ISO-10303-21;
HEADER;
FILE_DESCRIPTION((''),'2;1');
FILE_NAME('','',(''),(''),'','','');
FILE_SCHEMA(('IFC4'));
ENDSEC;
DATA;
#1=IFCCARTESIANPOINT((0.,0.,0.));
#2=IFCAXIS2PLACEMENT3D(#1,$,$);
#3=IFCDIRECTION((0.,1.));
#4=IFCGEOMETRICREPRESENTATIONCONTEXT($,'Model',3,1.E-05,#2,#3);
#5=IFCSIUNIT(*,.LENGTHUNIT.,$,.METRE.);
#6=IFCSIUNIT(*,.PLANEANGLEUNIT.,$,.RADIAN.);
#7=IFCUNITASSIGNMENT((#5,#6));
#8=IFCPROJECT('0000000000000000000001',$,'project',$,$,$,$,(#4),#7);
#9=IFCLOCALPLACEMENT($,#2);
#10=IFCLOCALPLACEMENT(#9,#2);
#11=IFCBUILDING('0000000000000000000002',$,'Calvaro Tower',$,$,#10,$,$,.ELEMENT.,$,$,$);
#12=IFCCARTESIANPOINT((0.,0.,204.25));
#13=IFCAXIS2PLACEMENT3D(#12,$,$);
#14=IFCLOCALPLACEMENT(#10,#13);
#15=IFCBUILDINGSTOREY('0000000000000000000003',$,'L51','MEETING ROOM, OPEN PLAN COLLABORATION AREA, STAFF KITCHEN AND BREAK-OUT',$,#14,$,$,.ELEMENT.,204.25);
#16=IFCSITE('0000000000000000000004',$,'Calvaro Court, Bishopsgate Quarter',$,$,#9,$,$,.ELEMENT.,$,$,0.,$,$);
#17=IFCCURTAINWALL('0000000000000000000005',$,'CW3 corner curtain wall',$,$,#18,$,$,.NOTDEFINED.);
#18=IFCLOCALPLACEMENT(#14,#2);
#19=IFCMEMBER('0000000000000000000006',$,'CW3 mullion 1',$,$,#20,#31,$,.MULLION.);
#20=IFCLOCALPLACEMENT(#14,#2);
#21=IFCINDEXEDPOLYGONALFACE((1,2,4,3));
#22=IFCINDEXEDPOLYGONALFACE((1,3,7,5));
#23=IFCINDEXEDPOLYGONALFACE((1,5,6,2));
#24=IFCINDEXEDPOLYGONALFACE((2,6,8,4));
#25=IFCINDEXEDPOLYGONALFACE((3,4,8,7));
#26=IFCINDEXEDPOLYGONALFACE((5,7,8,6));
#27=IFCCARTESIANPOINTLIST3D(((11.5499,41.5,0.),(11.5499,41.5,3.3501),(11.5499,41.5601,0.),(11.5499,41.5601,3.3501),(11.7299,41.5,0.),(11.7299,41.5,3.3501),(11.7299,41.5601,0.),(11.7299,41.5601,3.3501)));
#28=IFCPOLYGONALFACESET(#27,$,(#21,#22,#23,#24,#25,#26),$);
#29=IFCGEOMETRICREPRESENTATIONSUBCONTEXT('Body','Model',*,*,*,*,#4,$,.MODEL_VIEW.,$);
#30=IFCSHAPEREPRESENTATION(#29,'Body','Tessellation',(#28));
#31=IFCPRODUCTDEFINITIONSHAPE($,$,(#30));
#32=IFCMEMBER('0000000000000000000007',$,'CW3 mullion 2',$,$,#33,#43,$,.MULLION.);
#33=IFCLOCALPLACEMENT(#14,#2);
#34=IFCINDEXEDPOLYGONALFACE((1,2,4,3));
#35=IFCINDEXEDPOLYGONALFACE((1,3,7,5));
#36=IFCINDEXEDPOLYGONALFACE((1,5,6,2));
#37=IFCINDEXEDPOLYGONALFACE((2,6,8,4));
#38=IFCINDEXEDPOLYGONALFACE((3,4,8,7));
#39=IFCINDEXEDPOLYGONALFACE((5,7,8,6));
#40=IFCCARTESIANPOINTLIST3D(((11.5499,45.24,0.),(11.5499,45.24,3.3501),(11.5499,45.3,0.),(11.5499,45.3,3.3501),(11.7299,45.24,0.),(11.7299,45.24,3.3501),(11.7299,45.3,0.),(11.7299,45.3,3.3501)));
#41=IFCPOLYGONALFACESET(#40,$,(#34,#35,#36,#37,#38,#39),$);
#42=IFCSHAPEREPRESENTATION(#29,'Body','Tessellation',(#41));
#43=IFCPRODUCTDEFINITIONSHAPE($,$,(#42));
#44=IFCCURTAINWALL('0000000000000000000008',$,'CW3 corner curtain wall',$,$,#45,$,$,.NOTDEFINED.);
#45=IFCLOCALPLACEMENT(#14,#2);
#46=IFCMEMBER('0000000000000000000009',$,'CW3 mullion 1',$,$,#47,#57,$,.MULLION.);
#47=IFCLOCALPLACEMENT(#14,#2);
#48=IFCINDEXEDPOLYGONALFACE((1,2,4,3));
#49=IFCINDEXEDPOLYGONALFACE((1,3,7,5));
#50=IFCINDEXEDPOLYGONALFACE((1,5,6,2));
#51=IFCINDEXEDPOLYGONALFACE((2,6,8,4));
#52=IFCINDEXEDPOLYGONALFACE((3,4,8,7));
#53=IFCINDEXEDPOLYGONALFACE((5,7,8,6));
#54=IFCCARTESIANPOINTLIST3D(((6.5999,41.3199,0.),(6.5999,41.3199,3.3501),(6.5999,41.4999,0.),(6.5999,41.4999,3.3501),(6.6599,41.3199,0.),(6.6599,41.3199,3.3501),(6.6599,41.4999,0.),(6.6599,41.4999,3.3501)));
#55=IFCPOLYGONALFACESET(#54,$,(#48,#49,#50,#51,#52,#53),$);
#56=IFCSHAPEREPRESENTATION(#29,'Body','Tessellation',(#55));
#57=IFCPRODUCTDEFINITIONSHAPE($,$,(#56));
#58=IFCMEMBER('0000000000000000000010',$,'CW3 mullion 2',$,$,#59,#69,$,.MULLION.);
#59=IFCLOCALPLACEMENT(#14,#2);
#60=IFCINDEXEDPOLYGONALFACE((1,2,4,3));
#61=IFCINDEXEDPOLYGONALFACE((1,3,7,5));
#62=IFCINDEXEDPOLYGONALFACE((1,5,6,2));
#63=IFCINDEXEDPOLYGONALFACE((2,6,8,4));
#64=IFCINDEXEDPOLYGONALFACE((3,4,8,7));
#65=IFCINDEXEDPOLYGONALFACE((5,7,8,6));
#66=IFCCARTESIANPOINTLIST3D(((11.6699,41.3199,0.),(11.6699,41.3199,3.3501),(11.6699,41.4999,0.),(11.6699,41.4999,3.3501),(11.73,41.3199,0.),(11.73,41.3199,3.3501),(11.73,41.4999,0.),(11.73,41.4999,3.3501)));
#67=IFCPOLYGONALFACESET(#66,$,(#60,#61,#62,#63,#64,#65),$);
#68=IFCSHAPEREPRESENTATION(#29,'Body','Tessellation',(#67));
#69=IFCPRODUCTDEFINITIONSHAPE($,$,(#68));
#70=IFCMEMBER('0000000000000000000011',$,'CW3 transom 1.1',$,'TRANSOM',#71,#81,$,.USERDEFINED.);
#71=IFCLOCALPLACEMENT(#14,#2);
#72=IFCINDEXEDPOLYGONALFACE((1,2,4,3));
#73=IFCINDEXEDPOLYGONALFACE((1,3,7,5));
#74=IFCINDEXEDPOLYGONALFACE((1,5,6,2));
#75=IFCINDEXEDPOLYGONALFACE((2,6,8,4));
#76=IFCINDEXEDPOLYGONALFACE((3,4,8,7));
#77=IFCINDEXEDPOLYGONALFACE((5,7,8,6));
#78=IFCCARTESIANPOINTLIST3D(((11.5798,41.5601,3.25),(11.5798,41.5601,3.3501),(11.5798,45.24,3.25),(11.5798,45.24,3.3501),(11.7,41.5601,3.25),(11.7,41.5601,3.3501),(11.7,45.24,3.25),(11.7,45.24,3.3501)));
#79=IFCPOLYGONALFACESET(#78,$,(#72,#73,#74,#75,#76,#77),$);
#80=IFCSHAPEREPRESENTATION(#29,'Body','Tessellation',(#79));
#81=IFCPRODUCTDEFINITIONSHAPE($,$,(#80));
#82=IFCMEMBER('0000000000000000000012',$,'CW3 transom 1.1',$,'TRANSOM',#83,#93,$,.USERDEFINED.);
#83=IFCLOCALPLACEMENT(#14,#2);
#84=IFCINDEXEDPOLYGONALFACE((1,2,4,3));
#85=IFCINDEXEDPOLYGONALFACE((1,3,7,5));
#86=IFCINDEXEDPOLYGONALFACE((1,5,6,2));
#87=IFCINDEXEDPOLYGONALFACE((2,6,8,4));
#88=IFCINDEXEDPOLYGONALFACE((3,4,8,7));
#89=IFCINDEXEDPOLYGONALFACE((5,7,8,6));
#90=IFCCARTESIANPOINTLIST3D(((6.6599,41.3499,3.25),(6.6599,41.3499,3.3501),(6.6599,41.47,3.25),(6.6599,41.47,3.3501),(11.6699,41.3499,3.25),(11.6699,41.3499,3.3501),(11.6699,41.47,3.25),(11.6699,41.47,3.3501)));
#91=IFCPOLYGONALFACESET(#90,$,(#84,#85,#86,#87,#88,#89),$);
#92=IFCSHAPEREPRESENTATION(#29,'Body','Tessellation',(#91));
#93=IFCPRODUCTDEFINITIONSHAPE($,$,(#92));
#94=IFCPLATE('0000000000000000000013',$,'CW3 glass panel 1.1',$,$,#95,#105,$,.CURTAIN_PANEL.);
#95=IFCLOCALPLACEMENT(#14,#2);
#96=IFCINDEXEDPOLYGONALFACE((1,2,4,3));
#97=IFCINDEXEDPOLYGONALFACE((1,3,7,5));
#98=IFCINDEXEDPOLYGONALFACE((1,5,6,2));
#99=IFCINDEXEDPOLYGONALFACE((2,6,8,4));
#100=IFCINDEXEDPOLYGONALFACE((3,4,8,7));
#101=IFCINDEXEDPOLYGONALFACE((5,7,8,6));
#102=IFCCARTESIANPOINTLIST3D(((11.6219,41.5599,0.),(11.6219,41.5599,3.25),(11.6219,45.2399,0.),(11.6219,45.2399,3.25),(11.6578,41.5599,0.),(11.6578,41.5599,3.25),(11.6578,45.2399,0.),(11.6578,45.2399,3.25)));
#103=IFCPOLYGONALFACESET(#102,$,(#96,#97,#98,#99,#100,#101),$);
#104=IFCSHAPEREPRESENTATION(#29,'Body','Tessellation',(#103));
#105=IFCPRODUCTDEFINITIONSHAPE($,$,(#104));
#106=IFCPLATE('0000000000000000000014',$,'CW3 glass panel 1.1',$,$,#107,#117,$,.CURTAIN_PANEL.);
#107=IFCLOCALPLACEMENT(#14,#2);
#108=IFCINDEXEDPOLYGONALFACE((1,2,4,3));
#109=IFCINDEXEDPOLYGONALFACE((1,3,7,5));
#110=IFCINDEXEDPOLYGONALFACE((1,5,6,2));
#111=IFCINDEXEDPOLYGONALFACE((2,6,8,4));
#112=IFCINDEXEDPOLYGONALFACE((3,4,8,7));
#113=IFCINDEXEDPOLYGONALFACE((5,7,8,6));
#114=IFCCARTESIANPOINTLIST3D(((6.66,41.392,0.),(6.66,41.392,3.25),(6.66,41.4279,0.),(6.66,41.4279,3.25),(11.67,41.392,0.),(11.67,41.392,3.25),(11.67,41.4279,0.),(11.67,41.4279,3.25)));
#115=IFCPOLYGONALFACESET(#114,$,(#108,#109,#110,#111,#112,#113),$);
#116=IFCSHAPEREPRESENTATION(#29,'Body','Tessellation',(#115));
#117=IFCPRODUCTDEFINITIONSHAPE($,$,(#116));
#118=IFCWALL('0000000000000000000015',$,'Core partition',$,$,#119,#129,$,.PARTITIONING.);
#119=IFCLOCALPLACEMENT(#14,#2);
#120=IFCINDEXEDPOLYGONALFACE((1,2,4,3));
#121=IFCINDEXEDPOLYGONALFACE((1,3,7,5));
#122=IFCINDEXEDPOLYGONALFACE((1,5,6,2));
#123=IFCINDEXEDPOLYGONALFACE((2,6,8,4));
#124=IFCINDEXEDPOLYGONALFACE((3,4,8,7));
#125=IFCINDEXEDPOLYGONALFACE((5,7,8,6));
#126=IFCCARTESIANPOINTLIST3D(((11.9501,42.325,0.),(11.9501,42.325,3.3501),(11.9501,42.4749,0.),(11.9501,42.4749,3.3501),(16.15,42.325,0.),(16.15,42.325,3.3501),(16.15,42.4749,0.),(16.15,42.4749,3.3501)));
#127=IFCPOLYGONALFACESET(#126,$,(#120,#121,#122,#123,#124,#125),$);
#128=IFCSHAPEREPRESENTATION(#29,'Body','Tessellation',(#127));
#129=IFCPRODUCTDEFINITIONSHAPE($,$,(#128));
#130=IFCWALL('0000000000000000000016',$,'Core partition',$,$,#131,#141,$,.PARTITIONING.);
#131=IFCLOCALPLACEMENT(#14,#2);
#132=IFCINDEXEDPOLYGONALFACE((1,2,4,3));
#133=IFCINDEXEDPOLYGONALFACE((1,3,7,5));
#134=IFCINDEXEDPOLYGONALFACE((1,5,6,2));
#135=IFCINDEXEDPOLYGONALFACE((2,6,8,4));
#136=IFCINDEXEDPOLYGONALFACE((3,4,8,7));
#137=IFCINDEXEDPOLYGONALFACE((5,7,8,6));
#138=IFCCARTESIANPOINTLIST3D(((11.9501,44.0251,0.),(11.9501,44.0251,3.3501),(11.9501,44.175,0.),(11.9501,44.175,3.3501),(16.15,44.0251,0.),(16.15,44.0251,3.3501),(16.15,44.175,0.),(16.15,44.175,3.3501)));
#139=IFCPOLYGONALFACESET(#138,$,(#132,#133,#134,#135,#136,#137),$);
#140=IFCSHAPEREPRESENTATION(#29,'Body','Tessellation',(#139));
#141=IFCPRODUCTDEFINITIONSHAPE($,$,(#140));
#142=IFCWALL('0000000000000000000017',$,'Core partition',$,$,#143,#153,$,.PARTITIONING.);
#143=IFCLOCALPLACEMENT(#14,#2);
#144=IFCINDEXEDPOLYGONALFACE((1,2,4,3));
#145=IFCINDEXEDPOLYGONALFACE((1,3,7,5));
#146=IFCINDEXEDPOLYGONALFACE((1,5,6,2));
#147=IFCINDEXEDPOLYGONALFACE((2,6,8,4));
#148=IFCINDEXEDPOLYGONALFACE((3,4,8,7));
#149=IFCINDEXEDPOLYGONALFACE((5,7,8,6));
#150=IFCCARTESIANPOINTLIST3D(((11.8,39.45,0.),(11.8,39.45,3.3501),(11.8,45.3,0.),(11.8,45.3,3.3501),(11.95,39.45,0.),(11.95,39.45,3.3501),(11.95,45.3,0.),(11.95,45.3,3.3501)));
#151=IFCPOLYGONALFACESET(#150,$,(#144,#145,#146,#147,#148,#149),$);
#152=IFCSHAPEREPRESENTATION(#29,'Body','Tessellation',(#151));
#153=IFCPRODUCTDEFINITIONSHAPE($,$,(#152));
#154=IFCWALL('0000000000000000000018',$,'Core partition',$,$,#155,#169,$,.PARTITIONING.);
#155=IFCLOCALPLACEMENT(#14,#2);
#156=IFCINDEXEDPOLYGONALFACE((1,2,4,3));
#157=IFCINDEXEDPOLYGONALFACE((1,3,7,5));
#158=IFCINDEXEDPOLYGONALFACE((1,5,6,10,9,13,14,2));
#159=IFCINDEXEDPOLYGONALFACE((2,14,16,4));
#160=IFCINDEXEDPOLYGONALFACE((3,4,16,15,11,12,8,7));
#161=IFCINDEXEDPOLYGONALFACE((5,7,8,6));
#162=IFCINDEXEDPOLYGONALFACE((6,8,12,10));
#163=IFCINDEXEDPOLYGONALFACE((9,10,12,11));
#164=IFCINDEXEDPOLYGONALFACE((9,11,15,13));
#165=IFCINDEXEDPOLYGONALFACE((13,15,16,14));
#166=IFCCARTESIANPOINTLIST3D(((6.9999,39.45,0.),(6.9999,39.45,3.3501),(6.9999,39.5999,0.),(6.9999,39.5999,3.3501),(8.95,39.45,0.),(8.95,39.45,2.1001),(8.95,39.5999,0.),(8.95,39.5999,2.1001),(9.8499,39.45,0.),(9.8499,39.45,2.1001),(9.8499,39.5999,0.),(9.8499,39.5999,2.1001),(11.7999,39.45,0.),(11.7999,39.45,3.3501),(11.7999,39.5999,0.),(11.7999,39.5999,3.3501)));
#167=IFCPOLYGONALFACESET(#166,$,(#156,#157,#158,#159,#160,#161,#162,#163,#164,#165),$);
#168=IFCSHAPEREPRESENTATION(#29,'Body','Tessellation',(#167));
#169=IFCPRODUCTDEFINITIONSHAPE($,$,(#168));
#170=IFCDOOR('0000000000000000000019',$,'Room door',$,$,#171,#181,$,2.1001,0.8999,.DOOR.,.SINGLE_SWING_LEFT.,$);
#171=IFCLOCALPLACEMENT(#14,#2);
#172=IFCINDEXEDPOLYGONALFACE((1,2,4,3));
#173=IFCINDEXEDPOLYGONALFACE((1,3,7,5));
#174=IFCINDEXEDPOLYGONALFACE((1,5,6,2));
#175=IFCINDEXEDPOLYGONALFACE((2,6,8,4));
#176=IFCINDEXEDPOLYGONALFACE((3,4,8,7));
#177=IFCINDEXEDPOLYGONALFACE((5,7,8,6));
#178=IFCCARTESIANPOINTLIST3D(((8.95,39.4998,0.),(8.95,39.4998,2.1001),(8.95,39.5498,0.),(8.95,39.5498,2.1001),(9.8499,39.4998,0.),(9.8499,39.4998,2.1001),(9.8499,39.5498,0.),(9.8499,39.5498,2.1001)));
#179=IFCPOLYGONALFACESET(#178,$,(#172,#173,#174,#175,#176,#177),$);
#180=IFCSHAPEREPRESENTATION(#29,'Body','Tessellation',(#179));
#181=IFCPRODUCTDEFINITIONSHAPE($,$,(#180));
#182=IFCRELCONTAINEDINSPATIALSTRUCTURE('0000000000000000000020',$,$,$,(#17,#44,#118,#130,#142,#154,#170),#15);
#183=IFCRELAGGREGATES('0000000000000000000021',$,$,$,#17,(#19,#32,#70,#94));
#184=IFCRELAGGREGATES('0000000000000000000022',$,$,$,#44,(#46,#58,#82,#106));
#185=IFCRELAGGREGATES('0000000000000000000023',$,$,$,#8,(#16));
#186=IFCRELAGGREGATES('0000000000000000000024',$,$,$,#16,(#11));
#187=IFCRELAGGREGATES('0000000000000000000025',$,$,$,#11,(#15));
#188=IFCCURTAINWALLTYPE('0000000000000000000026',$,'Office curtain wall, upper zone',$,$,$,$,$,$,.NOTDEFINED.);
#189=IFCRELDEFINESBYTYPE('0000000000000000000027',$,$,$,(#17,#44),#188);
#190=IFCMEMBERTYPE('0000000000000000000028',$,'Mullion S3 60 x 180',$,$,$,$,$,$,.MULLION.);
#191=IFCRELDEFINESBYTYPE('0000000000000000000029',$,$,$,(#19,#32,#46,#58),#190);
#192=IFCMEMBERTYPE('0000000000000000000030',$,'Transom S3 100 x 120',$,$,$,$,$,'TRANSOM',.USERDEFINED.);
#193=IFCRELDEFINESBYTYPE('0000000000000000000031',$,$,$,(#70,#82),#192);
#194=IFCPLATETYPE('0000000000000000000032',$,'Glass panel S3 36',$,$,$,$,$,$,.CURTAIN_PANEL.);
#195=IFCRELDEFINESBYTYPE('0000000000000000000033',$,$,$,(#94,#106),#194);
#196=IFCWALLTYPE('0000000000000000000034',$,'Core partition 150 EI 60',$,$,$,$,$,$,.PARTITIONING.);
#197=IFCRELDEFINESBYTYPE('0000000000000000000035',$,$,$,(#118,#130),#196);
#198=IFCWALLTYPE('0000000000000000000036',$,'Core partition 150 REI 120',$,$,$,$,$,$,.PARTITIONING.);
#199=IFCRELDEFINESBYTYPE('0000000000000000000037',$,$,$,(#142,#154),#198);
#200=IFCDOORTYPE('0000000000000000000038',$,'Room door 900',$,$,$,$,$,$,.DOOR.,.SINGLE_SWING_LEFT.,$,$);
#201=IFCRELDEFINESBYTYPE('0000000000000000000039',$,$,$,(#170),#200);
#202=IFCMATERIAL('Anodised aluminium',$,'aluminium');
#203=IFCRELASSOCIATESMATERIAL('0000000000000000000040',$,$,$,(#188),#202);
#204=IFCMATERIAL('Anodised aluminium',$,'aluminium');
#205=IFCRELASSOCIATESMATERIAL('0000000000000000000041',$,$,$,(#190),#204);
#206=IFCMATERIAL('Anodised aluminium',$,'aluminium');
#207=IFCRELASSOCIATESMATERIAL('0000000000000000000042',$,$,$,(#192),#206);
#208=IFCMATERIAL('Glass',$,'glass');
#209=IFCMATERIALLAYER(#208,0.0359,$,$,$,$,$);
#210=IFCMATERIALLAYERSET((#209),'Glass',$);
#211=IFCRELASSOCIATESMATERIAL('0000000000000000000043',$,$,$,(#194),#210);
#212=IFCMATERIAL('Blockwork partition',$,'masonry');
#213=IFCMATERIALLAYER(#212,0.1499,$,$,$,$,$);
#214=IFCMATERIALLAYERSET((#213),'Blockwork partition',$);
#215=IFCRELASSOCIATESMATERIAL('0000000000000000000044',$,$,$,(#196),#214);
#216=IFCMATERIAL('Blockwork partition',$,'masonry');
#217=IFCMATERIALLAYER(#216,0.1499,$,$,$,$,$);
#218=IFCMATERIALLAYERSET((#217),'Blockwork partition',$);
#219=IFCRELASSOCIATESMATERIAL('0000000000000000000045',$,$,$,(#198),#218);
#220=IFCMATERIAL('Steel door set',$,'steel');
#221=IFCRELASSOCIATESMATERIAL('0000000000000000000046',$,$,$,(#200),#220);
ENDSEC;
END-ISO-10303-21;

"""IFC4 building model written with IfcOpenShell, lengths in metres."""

from ifc_helpers import new_model, si_unit, direction, frame, frame_2d, origin, origin_2d, place, context, subcontext, project, spatial, rectangle, extrude, material, layer, layer_set, material_profile, profile_set, type_object, element, fill, aggregate, save


model = new_model("IFC4")

# Units and contexts
model_context = context("Model", 3, precision=1e-05, world=origin(), true_north=direction((0.0, 1.0)))
body_context = subcontext(model_context, "Body", "Model", "MODEL_VIEW")
ifc_project = project(units=[si_unit("LENGTHUNIT", "METRE"), si_unit("PLANEANGLEUNIT", "RADIAN")], contexts=[model_context])

# Site, building, storey
site_placement = place(None, origin())
site = spatial("IfcSite", under=ifc_project, at=site_placement, Name="Calvaro Court, Bishopsgate Quarter", CompositionType="ELEMENT", RefElevation=0.0)
building_placement = place(site_placement, origin())
building = spatial("IfcBuilding", under=site, at=building_placement, Name="Calvaro Tower", CompositionType="ELEMENT")
storey_placement = place(building_placement, frame((0.0, 0.0, 204.25)))
storey = spatial("IfcBuildingStorey", under=building, at=storey_placement, Name="L51", Description="MEETING ROOM, OPEN PLAN COLLABORATION AREA, STAFF KITCHEN AND BREAK-OUT", CompositionType="ELEMENT", Elevation=204.25)

# Curtain walls, members
ifc_material_1 = material(Name="Anodised aluminium", Category="aluminium")
curtain_wall_type = type_object("IfcCurtainWallType", Name="Office curtain wall, upper zone", PredefinedType="NOTDEFINED", material=ifc_material_1)
curtain_wall_1_placement = place(storey_placement, origin())
curtain_wall_1 = element("IfcCurtainWall", 1, at=curtain_wall_1_placement, inside=storey, type_object=curtain_wall_type, Name="CW3 corner curtain wall", PredefinedType="NOTDEFINED")
ifc_material_2 = material(Name="Anodised aluminium", Category="aluminium")
ifc_material_profile_1 = material_profile(ifc_material_2, rectangle(XDim=0.1799, YDim=0.0601, at=origin_2d()), Name="Mullion S3 60 x 180")
ifc_profile_set_1 = profile_set([ifc_material_profile_1], Name="Anodised aluminium")
member_type_1 = type_object("IfcMemberType", Name="Mullion S3 60 x 180", PredefinedType="MULLION", material=ifc_profile_set_1)
member_1_placement = place(storey_placement, frame((11.6399, 41.53, 0.0), z_axis=(0.0, 0.0, 1.0), x_axis=(-1.0, 0.0, 0.0)))
member_1 = element("IfcMember", 2, at=member_1_placement, type_object=member_type_1, Name="CW3 mullion 1", PredefinedType="MULLION", context=body_context, shape_type="SweptSolid", body=[
    extrude(rectangle(XDim=0.1799, YDim=0.0601, at=origin_2d()), origin(), (0.0, 0.0, 1.0), 3.3501),
])
member_2_placement = place(storey_placement, frame((11.6399, 45.27, 0.0), z_axis=(0.0, 0.0, 1.0), x_axis=(-1.0, 0.0, 0.0)))
member_2 = element("IfcMember", 3, at=member_2_placement, type_object=member_type_1, Name="CW3 mullion 2", PredefinedType="MULLION", context=body_context, shape_type="SweptSolid", body=[
    extrude(rectangle(XDim=0.1799, YDim=0.0601, at=origin_2d()), origin(), (0.0, 0.0, 1.0), 3.3501),
])
curtain_wall_2_placement = place(storey_placement, origin())
curtain_wall_2 = element("IfcCurtainWall", 4, at=curtain_wall_2_placement, inside=storey, type_object=curtain_wall_type, Name="CW3 corner curtain wall", PredefinedType="NOTDEFINED")
member_3_placement = place(storey_placement, frame((6.6299, 41.4099, 0.0), z_axis=(0.0, 0.0, 1.0), x_axis=(0.0, 1.0, 0.0)))
member_3 = element("IfcMember", 5, at=member_3_placement, type_object=member_type_1, Name="CW3 mullion 1", PredefinedType="MULLION", context=body_context, shape_type="SweptSolid", body=[
    extrude(rectangle(XDim=0.1799, YDim=0.0601, at=origin_2d()), origin(), (0.0, 0.0, 1.0), 3.3501),
])
member_4_placement = place(storey_placement, frame((11.7, 41.4099, 0.0), z_axis=(0.0, 0.0, 1.0), x_axis=(0.0, 1.0, 0.0)))
member_4 = element("IfcMember", 6, at=member_4_placement, type_object=member_type_1, Name="CW3 mullion 2", PredefinedType="MULLION", context=body_context, shape_type="SweptSolid", body=[
    extrude(rectangle(XDim=0.1799, YDim=0.0601, at=origin_2d()), origin(), (0.0, 0.0, 1.0), 3.3501),
])

# Members
ifc_material_3 = material(Name="Anodised aluminium", Category="aluminium")
ifc_material_profile_2 = material_profile(ifc_material_3, rectangle(XDim=0.1201, YDim=0.1001, at=origin_2d()), Name="Transom S3 100 x 120")
ifc_profile_set_2 = profile_set([ifc_material_profile_2], Name="Anodised aluminium")
member_type_2 = type_object("IfcMemberType", Name="Transom S3 100 x 120", ElementType="TRANSOM", PredefinedType="USERDEFINED", material=ifc_profile_set_2)
member_5_placement = place(storey_placement, frame((11.6399, 41.5601, 3.3), z_axis=(0.0, 1.0, 0.0), x_axis=(-1.0, 0.0, 0.0)))
member_5 = element("IfcMember", 7, at=member_5_placement, type_object=member_type_2, Name="CW3 transom 1.1", ObjectType="TRANSOM", PredefinedType="USERDEFINED", context=body_context, shape_type="SweptSolid", body=[
    extrude(rectangle(XDim=0.1201, YDim=0.1001, at=origin_2d()), origin(), (0.0, 0.0, 1.0), 3.6799),
])
member_6_placement = place(storey_placement, frame((6.6599, 41.4099, 3.3), z_axis=(1.0, 0.0, 0.0), x_axis=(0.0, 1.0, 0.0)))
member_6 = element("IfcMember", 8, at=member_6_placement, type_object=member_type_2, Name="CW3 transom 1.1", ObjectType="TRANSOM", PredefinedType="USERDEFINED", context=body_context, shape_type="SweptSolid", body=[
    extrude(rectangle(XDim=0.1201, YDim=0.1001, at=origin_2d()), origin(), (0.0, 0.0, 1.0), 5.01),
])

# Plates
ifc_material_4 = material(Name="Glass", Category="glass")
ifc_layer_1 = layer(ifc_material_4, 0.0359)
ifc_layer_set_1 = layer_set([ifc_layer_1], Name="Glass")
plate_type = type_object("IfcPlateType", Name="Glass panel S3 36", PredefinedType="CURTAIN_PANEL", material=ifc_layer_set_1)
plate_1_placement = place(storey_placement, frame((11.6399, 43.3999, 0.0), z_axis=(0.0, 0.0, 1.0), x_axis=(0.0, 1.0, 0.0)))
plate_1 = element("IfcPlate", 9, at=plate_1_placement, type_object=plate_type, Name="CW3 glass panel 1.1", PredefinedType="CURTAIN_PANEL", context=body_context, shape_type="SweptSolid", body=[
    extrude(rectangle(XDim=3.6799, YDim=0.0359, at=origin_2d()), origin(), (0.0, 0.0, 1.0), 3.25),
])
aggregate(curtain_wall_1, [member_1, member_2, member_5, plate_1])
plate_2_placement = place(storey_placement, frame((9.165, 41.4099, 0.0), z_axis=(0.0, 0.0, 1.0), x_axis=(1.0, 0.0, 0.0)))
plate_2 = element("IfcPlate", 10, at=plate_2_placement, type_object=plate_type, Name="CW3 glass panel 1.1", PredefinedType="CURTAIN_PANEL", context=body_context, shape_type="SweptSolid", body=[
    extrude(rectangle(XDim=5.01, YDim=0.0359, at=origin_2d()), origin(), (0.0, 0.0, 1.0), 3.25),
])
aggregate(curtain_wall_2, [member_3, member_4, member_6, plate_2])

# Walls
ifc_material_5 = material(Name="Blockwork partition", Category="masonry")
ifc_layer_2 = layer(ifc_material_5, 0.1499)
ifc_layer_set_2 = layer_set([ifc_layer_2], Name="Blockwork partition")
wall_type_1 = type_object("IfcWallType", Name="Core partition 150 EI 60", PredefinedType="PARTITIONING", material=ifc_layer_set_2)
for number, where, z_axis, x_axis, name in (
    (11, (11.95, 42.3999, 0.0), (0.0, 0.0, 1.0), (1.0, 0.0, 0.0), "Core partition"),
    (12, (11.95, 44.1001, 0.0), (0.0, 0.0, 1.0), (1.0, 0.0, 0.0), "Core partition"),
):
    element("IfcWall", number, at=place(storey_placement, frame(where, z_axis=z_axis, x_axis=x_axis)), inside=storey, type_object=wall_type_1, Name=name, PredefinedType="PARTITIONING", context=body_context, shape_type="SweptSolid", body=[
        extrude(rectangle(XDim=4.2, YDim=0.1499, at=frame_2d((2.1001, 0.0))), origin(), (0.0, 0.0, 1.0), 3.3501),
    ])
ifc_material_6 = material(Name="Blockwork partition", Category="masonry")
ifc_layer_3 = layer(ifc_material_6, 0.1499)
ifc_layer_set_3 = layer_set([ifc_layer_3], Name="Blockwork partition")
wall_type_2 = type_object("IfcWallType", Name="Core partition 150 REI 120", PredefinedType="PARTITIONING", material=ifc_layer_set_3)
wall_1_placement = place(storey_placement, frame((11.875, 39.45, 0.0), z_axis=(0.0, 0.0, 1.0), x_axis=(0.0, 1.0, 0.0)))
element("IfcWall", 13, at=wall_1_placement, inside=storey, type_object=wall_type_2, Name="Core partition", PredefinedType="PARTITIONING", context=body_context, shape_type="SweptSolid", body=[
    extrude(rectangle(XDim=5.8501, YDim=0.1499, at=frame_2d((2.925, 0.0))), origin(), (0.0, 0.0, 1.0), 3.3501),
])

# Wall, opening, door
wall_2_placement = place(storey_placement, frame((7.0, 39.5249, 0.0), z_axis=(0.0, 0.0, 1.0), x_axis=(1.0, 0.0, 0.0)))
wall_2 = element("IfcWall", 14, at=wall_2_placement, inside=storey, type_object=wall_type_2, Name="Core partition", PredefinedType="PARTITIONING", context=body_context, shape_type="SweptSolid", body=[
    extrude(rectangle(XDim=4.8, YDim=0.1499, at=frame_2d((2.3999, 0.0))), origin(), (0.0, 0.0, 1.0), 3.3501),
])
opening_placement = place(wall_2_placement, frame((1.95, 0.0, 0.0)))
opening = element("IfcOpeningElement", 15, at=opening_placement, cuts=wall_2, PredefinedType="OPENING", context=body_context, shape_type="SweptSolid", body=[
    extrude(rectangle(XDim=0.8999, YDim=2.1001, at=frame_2d((0.45, 1.05))), frame((0.0, 0.085, 0.0), z_axis=(0.0, -1.0, 0.0), x_axis=(1.0, 0.0, 0.0)), (0.0, 0.0, 1.0), 0.1699),
])
ifc_material_7 = material(Name="Steel door set", Category="steel")
door_type = type_object("IfcDoorType", Name="Room door 900", OperationType="SINGLE_SWING_LEFT", PredefinedType="DOOR", material=ifc_material_7)
door_placement = place(opening_placement, origin())
door = element("IfcDoor", 16, at=door_placement, inside=storey, type_object=door_type, Name="Room door", OperationType="SINGLE_SWING_LEFT", OverallHeight=2.1001, OverallWidth=0.8999, PredefinedType="DOOR", context=body_context, shape_type="SweptSolid", body=[
    extrude(rectangle(XDim=0.8999, YDim=2.1001, at=frame_2d((0.45, 1.05))), frame((0.0, 0.0249, 0.0), z_axis=(0.0, -1.0, 0.0), x_axis=(1.0, 0.0, 0.0)), (0.0, 0.0, 1.0), 0.05),
])
fill(opening, door)

save(model, "model.ifc")
